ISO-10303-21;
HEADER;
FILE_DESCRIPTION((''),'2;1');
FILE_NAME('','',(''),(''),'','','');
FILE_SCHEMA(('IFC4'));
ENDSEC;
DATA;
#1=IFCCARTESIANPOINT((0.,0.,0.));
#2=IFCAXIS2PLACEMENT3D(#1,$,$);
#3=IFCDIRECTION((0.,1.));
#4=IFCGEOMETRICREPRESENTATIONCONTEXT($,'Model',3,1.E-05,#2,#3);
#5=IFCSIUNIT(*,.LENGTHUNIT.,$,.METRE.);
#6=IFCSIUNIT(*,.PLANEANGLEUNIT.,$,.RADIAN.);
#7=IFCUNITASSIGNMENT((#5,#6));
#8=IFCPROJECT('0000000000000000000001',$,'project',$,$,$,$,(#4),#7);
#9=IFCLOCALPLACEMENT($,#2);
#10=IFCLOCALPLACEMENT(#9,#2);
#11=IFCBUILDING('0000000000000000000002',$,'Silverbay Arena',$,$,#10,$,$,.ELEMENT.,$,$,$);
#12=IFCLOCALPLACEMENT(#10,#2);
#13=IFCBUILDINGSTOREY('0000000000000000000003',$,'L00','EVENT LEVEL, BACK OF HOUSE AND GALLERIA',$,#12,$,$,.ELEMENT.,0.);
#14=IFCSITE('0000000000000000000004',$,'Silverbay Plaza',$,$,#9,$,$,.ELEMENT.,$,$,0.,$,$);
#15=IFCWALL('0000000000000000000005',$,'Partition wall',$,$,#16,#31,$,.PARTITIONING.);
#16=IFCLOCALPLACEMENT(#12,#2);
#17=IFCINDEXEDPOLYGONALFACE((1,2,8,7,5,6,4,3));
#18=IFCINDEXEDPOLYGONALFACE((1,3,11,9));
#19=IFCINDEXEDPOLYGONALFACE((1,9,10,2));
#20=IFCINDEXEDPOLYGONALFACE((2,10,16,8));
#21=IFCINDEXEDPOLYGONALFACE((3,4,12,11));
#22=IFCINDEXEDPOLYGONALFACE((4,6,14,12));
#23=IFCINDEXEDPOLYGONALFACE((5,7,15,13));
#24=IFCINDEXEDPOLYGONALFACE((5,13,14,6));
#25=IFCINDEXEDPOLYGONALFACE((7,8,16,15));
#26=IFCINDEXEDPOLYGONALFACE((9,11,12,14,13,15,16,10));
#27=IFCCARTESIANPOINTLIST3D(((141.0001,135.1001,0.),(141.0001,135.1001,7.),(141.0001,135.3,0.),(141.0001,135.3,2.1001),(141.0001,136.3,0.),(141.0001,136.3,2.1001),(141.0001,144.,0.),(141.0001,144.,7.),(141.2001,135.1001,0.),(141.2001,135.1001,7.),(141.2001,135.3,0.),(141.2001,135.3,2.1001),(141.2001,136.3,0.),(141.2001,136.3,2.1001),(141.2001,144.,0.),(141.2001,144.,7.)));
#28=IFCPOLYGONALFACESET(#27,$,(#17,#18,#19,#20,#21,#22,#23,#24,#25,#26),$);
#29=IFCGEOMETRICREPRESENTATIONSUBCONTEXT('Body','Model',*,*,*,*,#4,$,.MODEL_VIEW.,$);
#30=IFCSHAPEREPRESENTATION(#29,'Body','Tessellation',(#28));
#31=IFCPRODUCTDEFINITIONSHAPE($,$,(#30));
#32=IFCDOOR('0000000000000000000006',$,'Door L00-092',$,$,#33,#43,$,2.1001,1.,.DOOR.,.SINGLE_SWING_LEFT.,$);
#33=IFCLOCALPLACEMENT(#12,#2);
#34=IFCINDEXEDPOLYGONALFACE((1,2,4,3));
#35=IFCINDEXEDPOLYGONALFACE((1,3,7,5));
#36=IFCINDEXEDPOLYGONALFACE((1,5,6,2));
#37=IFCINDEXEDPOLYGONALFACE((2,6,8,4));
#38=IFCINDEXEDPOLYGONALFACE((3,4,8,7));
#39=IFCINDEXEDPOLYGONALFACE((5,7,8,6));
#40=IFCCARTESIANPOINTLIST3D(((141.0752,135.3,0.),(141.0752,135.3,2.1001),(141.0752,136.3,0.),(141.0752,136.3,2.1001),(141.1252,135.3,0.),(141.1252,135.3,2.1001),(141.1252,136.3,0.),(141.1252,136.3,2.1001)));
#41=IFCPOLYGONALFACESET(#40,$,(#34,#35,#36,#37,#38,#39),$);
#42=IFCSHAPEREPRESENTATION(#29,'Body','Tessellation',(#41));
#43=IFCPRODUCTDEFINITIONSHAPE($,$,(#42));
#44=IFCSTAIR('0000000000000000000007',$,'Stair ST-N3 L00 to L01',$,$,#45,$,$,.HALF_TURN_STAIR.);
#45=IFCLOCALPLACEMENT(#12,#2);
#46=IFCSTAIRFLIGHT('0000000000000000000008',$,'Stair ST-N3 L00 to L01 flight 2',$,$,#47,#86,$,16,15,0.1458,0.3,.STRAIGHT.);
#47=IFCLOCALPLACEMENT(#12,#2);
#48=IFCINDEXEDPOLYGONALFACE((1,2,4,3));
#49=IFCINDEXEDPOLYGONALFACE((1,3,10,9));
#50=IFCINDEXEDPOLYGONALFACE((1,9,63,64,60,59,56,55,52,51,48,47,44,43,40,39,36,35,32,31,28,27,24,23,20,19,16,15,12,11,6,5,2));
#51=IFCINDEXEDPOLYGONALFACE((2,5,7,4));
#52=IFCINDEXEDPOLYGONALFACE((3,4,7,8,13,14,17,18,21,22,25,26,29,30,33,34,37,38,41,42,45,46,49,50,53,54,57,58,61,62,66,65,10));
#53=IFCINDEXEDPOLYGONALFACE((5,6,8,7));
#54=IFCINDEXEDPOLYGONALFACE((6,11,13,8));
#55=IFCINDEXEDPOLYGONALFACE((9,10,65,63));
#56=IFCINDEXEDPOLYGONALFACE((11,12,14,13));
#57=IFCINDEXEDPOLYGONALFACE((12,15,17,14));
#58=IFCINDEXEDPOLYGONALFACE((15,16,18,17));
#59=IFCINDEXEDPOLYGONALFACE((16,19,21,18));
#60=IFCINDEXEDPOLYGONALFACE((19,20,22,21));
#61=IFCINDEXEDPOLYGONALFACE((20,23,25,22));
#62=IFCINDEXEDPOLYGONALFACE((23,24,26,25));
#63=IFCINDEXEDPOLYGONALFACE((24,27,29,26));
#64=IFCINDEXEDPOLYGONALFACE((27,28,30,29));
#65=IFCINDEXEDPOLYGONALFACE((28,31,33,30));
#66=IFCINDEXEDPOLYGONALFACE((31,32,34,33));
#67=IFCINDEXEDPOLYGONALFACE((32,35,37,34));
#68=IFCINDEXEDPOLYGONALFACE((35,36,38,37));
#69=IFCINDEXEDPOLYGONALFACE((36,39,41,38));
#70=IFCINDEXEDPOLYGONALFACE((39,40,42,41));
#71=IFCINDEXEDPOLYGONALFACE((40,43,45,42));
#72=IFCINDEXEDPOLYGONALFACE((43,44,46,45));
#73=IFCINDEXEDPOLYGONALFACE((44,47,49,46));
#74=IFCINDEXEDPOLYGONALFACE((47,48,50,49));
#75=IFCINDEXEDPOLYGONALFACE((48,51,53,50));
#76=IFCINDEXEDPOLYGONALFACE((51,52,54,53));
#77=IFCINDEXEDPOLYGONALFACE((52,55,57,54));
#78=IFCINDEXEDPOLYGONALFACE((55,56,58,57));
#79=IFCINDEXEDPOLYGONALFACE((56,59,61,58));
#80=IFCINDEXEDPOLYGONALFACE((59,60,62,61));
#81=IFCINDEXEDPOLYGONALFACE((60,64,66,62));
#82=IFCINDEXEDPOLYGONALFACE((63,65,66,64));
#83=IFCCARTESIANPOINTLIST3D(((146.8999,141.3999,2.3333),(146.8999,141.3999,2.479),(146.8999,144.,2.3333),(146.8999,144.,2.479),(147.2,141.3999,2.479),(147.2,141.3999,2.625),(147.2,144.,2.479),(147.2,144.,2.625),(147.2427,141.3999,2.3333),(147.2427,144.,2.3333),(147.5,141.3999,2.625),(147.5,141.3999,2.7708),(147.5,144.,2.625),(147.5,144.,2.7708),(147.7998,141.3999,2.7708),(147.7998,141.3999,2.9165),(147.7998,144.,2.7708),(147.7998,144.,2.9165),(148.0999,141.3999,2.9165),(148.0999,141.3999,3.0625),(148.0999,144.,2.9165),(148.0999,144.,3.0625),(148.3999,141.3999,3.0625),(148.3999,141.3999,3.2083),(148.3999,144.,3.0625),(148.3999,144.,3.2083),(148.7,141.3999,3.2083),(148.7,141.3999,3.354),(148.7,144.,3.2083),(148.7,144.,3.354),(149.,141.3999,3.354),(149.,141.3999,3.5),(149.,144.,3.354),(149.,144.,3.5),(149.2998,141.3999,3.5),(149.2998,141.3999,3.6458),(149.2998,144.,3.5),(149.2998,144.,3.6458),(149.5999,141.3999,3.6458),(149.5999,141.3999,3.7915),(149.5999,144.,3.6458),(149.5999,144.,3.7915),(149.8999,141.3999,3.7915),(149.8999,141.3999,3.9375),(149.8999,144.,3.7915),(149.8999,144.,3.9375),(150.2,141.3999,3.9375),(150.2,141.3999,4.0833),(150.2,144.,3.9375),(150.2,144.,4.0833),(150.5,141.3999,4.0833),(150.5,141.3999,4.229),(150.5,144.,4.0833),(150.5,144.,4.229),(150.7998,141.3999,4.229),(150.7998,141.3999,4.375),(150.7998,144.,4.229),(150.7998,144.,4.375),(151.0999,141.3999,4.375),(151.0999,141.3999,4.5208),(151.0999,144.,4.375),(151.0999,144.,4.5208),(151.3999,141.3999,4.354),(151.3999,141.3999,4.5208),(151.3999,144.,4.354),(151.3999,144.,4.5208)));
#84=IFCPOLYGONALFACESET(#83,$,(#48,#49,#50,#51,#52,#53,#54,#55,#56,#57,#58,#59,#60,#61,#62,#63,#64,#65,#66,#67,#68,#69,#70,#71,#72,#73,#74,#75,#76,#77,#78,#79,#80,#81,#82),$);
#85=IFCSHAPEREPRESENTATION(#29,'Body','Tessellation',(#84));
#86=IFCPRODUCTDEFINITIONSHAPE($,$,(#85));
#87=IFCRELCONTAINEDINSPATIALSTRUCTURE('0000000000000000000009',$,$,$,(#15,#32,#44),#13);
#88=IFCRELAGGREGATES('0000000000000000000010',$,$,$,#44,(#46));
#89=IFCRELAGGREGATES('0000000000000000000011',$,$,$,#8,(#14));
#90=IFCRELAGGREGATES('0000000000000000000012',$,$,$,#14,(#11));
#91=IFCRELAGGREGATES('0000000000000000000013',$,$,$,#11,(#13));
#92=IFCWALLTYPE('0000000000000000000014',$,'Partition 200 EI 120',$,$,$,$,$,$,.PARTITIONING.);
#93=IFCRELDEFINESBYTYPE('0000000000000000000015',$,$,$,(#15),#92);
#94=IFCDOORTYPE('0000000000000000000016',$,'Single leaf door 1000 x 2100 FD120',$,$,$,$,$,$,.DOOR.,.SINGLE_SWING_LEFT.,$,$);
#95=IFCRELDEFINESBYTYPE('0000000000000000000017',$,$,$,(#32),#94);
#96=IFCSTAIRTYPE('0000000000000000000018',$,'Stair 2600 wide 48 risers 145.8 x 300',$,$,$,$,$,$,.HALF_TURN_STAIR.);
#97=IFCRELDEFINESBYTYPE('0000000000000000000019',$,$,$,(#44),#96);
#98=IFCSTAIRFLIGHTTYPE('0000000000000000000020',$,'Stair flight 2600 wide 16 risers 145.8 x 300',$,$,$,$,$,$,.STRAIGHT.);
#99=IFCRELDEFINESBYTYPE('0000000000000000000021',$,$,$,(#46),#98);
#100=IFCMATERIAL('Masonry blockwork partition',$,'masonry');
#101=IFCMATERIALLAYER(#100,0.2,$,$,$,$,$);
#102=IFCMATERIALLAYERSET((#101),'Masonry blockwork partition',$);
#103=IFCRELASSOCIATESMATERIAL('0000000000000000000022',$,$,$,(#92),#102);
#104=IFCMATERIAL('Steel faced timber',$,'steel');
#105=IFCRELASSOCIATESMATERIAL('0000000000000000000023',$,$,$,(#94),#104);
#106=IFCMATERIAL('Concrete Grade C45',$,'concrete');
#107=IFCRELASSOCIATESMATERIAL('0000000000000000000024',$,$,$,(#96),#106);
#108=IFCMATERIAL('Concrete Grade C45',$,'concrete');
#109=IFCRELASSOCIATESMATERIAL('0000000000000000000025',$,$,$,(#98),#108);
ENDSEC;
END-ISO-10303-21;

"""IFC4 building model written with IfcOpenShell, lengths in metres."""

from ifc_helpers import new_model, si_unit, direction, frame, frame_2d, origin, place, context, subcontext, project, spatial, polyline, rectangle, outline, extrude, material, layer, layer_set, type_object, element, fill, aggregate, save


model = new_model("IFC4")

# Units and contexts
model_context = context("Model", 3, precision=1e-05, world=origin(), true_north=direction((0.0, 1.0)))
body_context = subcontext(model_context, "Body", "Model", "MODEL_VIEW")
ifc_project = project(units=[si_unit("LENGTHUNIT", "METRE"), si_unit("PLANEANGLEUNIT", "RADIAN")], contexts=[model_context])

# Site, building, storey
site_placement = place(None, origin())
site = spatial("IfcSite", under=ifc_project, at=site_placement, Name="Silverbay Plaza", CompositionType="ELEMENT", RefElevation=0.0)
building_placement = place(site_placement, origin())
building = spatial("IfcBuilding", under=site, at=building_placement, Name="Silverbay Arena", CompositionType="ELEMENT")
storey_placement = place(building_placement, origin())
storey = spatial("IfcBuildingStorey", under=building, at=storey_placement, Name="L00", Description="EVENT LEVEL, BACK OF HOUSE AND GALLERIA", CompositionType="ELEMENT", Elevation=0.0)

# Wall, opening, door
ifc_material_1 = material(Name="Masonry blockwork partition", Category="masonry")
ifc_layer_1 = layer(ifc_material_1, 0.2)
ifc_layer_set_1 = layer_set([ifc_layer_1], Name="Masonry blockwork partition")
wall_type_1 = type_object("IfcWallType", Name="Partition 200 EI 120", PredefinedType="PARTITIONING", material=ifc_layer_set_1)
wall_1_placement = place(storey_placement, frame((141.1001, 135.1001, 0.0), z_axis=(0.0, 0.0, 1.0), x_axis=(0.0, 1.0, 0.0)))
wall_1 = element("IfcWall", 1, at=wall_1_placement, inside=storey, type_object=wall_type_1, Name="Partition wall", PredefinedType="PARTITIONING", context=body_context, shape_type="SweptSolid", body=[
    extrude(rectangle(XDim=8.8999, YDim=0.2, at=frame_2d((4.45, 0.0))), origin(), (0.0, 0.0, 1.0), 7.0),
])
opening_1_placement = place(wall_1_placement, frame((0.2, 0.0, 0.0)))
opening_1 = element("IfcOpeningElement", 2, at=opening_1_placement, cuts=wall_1, PredefinedType="OPENING", context=body_context, shape_type="SweptSolid", body=[
    extrude(rectangle(XDim=1.0, YDim=2.1001, at=frame_2d((0.5, 1.05))), frame((0.0, 0.1099, 0.0), z_axis=(0.0, -1.0, 0.0), x_axis=(1.0, 0.0, 0.0)), (0.0, 0.0, 1.0), 0.22),
])
ifc_material_2 = material(Name="Steel faced timber", Category="steel")
door_type_1 = type_object("IfcDoorType", Name="Single leaf door 1000 x 2100 FD120", OperationType="SINGLE_SWING_LEFT", PredefinedType="DOOR", material=ifc_material_2)
door_1_placement = place(opening_1_placement, origin())
door_1 = element("IfcDoor", 3, at=door_1_placement, inside=storey, type_object=door_type_1, Name="Door L00-092", OperationType="SINGLE_SWING_LEFT", OverallHeight=2.1001, OverallWidth=1.0, PredefinedType="DOOR", context=body_context, shape_type="SweptSolid", body=[
    extrude(rectangle(XDim=1.0, YDim=2.1001, at=frame_2d((0.5, 1.05))), frame((0.0, 0.0249, 0.0), z_axis=(0.0, -1.0, 0.0), x_axis=(1.0, 0.0, 0.0)), (0.0, 0.0, 1.0), 0.05),
])
fill(opening_1, door_1)

# Stair, stair flight
ifc_material_3 = material(Name="Concrete Grade C45", Category="concrete")
stair_type = type_object("IfcStairType", Name="Stair 2600 wide 48 risers 145.8 x 300", PredefinedType="HALF_TURN_STAIR", material=ifc_material_3)
stair_placement = place(storey_placement, origin())
stair = element("IfcStair", 4, at=stair_placement, inside=storey, type_object=stair_type, Name="Stair ST-N3 L00 to L01", PredefinedType="HALF_TURN_STAIR")
ifc_material_4 = material(Name="Concrete Grade C45", Category="concrete")
stair_flight_type = type_object("IfcStairFlightType", Name="Stair flight 2600 wide 16 risers 145.8 x 300", PredefinedType="STRAIGHT", material=ifc_material_4)
stair_flight_placement = place(storey_placement, frame((146.8999, 142.7, 2.3333), z_axis=(0.0, 0.0, 1.0), x_axis=(1.0, 0.0, 0.0)))
stair_flight = element("IfcStairFlight", 5, at=stair_flight_placement, type_object=stair_flight_type, Name="Stair ST-N3 L00 to L01 flight 2", NumberOfRisers=16, NumberOfTreads=15, PredefinedType="STRAIGHT", RiserHeight=0.1458, TreadLength=0.3, context=body_context, shape_type="SweptSolid", body=[
    extrude(outline(polyline([(0.0, 0.0), (0.0, 0.1458), (0.3, 0.1458), (0.3, 0.2917), (0.6001, 0.2917), (0.6001, 0.4375), (0.8999, 0.4375), (0.8999, 0.5833), (1.2, 0.5833), (1.2, 0.7292), (1.5, 0.7292), (1.5, 0.875), (1.8, 0.875), (1.8, 1.0208), (2.1001, 1.0208), (2.1001, 1.1667), (2.3999, 1.1667), (2.3999, 1.3125), (2.7, 1.3125), (2.7, 1.4583), (3.0, 1.4583), (3.0, 1.6042), (3.3, 1.6042), (3.3, 1.75), (3.6001, 1.75), (3.6001, 1.8958), (3.8999, 1.8958), (3.8999, 2.0417), (4.2, 2.0417), (4.2, 2.1875), (4.5, 2.1875), (4.5, 2.0208), (0.3428, 0.0), (0.0, 0.0)])), frame((0.0, 1.3, 0.0), z_axis=(0.0, -1.0, 0.0), x_axis=(1.0, 0.0, 0.0)), (0.0, 0.0, 1.0), 2.6001),
])
aggregate(stair, [stair_flight])

save(model, "model.ifc")
